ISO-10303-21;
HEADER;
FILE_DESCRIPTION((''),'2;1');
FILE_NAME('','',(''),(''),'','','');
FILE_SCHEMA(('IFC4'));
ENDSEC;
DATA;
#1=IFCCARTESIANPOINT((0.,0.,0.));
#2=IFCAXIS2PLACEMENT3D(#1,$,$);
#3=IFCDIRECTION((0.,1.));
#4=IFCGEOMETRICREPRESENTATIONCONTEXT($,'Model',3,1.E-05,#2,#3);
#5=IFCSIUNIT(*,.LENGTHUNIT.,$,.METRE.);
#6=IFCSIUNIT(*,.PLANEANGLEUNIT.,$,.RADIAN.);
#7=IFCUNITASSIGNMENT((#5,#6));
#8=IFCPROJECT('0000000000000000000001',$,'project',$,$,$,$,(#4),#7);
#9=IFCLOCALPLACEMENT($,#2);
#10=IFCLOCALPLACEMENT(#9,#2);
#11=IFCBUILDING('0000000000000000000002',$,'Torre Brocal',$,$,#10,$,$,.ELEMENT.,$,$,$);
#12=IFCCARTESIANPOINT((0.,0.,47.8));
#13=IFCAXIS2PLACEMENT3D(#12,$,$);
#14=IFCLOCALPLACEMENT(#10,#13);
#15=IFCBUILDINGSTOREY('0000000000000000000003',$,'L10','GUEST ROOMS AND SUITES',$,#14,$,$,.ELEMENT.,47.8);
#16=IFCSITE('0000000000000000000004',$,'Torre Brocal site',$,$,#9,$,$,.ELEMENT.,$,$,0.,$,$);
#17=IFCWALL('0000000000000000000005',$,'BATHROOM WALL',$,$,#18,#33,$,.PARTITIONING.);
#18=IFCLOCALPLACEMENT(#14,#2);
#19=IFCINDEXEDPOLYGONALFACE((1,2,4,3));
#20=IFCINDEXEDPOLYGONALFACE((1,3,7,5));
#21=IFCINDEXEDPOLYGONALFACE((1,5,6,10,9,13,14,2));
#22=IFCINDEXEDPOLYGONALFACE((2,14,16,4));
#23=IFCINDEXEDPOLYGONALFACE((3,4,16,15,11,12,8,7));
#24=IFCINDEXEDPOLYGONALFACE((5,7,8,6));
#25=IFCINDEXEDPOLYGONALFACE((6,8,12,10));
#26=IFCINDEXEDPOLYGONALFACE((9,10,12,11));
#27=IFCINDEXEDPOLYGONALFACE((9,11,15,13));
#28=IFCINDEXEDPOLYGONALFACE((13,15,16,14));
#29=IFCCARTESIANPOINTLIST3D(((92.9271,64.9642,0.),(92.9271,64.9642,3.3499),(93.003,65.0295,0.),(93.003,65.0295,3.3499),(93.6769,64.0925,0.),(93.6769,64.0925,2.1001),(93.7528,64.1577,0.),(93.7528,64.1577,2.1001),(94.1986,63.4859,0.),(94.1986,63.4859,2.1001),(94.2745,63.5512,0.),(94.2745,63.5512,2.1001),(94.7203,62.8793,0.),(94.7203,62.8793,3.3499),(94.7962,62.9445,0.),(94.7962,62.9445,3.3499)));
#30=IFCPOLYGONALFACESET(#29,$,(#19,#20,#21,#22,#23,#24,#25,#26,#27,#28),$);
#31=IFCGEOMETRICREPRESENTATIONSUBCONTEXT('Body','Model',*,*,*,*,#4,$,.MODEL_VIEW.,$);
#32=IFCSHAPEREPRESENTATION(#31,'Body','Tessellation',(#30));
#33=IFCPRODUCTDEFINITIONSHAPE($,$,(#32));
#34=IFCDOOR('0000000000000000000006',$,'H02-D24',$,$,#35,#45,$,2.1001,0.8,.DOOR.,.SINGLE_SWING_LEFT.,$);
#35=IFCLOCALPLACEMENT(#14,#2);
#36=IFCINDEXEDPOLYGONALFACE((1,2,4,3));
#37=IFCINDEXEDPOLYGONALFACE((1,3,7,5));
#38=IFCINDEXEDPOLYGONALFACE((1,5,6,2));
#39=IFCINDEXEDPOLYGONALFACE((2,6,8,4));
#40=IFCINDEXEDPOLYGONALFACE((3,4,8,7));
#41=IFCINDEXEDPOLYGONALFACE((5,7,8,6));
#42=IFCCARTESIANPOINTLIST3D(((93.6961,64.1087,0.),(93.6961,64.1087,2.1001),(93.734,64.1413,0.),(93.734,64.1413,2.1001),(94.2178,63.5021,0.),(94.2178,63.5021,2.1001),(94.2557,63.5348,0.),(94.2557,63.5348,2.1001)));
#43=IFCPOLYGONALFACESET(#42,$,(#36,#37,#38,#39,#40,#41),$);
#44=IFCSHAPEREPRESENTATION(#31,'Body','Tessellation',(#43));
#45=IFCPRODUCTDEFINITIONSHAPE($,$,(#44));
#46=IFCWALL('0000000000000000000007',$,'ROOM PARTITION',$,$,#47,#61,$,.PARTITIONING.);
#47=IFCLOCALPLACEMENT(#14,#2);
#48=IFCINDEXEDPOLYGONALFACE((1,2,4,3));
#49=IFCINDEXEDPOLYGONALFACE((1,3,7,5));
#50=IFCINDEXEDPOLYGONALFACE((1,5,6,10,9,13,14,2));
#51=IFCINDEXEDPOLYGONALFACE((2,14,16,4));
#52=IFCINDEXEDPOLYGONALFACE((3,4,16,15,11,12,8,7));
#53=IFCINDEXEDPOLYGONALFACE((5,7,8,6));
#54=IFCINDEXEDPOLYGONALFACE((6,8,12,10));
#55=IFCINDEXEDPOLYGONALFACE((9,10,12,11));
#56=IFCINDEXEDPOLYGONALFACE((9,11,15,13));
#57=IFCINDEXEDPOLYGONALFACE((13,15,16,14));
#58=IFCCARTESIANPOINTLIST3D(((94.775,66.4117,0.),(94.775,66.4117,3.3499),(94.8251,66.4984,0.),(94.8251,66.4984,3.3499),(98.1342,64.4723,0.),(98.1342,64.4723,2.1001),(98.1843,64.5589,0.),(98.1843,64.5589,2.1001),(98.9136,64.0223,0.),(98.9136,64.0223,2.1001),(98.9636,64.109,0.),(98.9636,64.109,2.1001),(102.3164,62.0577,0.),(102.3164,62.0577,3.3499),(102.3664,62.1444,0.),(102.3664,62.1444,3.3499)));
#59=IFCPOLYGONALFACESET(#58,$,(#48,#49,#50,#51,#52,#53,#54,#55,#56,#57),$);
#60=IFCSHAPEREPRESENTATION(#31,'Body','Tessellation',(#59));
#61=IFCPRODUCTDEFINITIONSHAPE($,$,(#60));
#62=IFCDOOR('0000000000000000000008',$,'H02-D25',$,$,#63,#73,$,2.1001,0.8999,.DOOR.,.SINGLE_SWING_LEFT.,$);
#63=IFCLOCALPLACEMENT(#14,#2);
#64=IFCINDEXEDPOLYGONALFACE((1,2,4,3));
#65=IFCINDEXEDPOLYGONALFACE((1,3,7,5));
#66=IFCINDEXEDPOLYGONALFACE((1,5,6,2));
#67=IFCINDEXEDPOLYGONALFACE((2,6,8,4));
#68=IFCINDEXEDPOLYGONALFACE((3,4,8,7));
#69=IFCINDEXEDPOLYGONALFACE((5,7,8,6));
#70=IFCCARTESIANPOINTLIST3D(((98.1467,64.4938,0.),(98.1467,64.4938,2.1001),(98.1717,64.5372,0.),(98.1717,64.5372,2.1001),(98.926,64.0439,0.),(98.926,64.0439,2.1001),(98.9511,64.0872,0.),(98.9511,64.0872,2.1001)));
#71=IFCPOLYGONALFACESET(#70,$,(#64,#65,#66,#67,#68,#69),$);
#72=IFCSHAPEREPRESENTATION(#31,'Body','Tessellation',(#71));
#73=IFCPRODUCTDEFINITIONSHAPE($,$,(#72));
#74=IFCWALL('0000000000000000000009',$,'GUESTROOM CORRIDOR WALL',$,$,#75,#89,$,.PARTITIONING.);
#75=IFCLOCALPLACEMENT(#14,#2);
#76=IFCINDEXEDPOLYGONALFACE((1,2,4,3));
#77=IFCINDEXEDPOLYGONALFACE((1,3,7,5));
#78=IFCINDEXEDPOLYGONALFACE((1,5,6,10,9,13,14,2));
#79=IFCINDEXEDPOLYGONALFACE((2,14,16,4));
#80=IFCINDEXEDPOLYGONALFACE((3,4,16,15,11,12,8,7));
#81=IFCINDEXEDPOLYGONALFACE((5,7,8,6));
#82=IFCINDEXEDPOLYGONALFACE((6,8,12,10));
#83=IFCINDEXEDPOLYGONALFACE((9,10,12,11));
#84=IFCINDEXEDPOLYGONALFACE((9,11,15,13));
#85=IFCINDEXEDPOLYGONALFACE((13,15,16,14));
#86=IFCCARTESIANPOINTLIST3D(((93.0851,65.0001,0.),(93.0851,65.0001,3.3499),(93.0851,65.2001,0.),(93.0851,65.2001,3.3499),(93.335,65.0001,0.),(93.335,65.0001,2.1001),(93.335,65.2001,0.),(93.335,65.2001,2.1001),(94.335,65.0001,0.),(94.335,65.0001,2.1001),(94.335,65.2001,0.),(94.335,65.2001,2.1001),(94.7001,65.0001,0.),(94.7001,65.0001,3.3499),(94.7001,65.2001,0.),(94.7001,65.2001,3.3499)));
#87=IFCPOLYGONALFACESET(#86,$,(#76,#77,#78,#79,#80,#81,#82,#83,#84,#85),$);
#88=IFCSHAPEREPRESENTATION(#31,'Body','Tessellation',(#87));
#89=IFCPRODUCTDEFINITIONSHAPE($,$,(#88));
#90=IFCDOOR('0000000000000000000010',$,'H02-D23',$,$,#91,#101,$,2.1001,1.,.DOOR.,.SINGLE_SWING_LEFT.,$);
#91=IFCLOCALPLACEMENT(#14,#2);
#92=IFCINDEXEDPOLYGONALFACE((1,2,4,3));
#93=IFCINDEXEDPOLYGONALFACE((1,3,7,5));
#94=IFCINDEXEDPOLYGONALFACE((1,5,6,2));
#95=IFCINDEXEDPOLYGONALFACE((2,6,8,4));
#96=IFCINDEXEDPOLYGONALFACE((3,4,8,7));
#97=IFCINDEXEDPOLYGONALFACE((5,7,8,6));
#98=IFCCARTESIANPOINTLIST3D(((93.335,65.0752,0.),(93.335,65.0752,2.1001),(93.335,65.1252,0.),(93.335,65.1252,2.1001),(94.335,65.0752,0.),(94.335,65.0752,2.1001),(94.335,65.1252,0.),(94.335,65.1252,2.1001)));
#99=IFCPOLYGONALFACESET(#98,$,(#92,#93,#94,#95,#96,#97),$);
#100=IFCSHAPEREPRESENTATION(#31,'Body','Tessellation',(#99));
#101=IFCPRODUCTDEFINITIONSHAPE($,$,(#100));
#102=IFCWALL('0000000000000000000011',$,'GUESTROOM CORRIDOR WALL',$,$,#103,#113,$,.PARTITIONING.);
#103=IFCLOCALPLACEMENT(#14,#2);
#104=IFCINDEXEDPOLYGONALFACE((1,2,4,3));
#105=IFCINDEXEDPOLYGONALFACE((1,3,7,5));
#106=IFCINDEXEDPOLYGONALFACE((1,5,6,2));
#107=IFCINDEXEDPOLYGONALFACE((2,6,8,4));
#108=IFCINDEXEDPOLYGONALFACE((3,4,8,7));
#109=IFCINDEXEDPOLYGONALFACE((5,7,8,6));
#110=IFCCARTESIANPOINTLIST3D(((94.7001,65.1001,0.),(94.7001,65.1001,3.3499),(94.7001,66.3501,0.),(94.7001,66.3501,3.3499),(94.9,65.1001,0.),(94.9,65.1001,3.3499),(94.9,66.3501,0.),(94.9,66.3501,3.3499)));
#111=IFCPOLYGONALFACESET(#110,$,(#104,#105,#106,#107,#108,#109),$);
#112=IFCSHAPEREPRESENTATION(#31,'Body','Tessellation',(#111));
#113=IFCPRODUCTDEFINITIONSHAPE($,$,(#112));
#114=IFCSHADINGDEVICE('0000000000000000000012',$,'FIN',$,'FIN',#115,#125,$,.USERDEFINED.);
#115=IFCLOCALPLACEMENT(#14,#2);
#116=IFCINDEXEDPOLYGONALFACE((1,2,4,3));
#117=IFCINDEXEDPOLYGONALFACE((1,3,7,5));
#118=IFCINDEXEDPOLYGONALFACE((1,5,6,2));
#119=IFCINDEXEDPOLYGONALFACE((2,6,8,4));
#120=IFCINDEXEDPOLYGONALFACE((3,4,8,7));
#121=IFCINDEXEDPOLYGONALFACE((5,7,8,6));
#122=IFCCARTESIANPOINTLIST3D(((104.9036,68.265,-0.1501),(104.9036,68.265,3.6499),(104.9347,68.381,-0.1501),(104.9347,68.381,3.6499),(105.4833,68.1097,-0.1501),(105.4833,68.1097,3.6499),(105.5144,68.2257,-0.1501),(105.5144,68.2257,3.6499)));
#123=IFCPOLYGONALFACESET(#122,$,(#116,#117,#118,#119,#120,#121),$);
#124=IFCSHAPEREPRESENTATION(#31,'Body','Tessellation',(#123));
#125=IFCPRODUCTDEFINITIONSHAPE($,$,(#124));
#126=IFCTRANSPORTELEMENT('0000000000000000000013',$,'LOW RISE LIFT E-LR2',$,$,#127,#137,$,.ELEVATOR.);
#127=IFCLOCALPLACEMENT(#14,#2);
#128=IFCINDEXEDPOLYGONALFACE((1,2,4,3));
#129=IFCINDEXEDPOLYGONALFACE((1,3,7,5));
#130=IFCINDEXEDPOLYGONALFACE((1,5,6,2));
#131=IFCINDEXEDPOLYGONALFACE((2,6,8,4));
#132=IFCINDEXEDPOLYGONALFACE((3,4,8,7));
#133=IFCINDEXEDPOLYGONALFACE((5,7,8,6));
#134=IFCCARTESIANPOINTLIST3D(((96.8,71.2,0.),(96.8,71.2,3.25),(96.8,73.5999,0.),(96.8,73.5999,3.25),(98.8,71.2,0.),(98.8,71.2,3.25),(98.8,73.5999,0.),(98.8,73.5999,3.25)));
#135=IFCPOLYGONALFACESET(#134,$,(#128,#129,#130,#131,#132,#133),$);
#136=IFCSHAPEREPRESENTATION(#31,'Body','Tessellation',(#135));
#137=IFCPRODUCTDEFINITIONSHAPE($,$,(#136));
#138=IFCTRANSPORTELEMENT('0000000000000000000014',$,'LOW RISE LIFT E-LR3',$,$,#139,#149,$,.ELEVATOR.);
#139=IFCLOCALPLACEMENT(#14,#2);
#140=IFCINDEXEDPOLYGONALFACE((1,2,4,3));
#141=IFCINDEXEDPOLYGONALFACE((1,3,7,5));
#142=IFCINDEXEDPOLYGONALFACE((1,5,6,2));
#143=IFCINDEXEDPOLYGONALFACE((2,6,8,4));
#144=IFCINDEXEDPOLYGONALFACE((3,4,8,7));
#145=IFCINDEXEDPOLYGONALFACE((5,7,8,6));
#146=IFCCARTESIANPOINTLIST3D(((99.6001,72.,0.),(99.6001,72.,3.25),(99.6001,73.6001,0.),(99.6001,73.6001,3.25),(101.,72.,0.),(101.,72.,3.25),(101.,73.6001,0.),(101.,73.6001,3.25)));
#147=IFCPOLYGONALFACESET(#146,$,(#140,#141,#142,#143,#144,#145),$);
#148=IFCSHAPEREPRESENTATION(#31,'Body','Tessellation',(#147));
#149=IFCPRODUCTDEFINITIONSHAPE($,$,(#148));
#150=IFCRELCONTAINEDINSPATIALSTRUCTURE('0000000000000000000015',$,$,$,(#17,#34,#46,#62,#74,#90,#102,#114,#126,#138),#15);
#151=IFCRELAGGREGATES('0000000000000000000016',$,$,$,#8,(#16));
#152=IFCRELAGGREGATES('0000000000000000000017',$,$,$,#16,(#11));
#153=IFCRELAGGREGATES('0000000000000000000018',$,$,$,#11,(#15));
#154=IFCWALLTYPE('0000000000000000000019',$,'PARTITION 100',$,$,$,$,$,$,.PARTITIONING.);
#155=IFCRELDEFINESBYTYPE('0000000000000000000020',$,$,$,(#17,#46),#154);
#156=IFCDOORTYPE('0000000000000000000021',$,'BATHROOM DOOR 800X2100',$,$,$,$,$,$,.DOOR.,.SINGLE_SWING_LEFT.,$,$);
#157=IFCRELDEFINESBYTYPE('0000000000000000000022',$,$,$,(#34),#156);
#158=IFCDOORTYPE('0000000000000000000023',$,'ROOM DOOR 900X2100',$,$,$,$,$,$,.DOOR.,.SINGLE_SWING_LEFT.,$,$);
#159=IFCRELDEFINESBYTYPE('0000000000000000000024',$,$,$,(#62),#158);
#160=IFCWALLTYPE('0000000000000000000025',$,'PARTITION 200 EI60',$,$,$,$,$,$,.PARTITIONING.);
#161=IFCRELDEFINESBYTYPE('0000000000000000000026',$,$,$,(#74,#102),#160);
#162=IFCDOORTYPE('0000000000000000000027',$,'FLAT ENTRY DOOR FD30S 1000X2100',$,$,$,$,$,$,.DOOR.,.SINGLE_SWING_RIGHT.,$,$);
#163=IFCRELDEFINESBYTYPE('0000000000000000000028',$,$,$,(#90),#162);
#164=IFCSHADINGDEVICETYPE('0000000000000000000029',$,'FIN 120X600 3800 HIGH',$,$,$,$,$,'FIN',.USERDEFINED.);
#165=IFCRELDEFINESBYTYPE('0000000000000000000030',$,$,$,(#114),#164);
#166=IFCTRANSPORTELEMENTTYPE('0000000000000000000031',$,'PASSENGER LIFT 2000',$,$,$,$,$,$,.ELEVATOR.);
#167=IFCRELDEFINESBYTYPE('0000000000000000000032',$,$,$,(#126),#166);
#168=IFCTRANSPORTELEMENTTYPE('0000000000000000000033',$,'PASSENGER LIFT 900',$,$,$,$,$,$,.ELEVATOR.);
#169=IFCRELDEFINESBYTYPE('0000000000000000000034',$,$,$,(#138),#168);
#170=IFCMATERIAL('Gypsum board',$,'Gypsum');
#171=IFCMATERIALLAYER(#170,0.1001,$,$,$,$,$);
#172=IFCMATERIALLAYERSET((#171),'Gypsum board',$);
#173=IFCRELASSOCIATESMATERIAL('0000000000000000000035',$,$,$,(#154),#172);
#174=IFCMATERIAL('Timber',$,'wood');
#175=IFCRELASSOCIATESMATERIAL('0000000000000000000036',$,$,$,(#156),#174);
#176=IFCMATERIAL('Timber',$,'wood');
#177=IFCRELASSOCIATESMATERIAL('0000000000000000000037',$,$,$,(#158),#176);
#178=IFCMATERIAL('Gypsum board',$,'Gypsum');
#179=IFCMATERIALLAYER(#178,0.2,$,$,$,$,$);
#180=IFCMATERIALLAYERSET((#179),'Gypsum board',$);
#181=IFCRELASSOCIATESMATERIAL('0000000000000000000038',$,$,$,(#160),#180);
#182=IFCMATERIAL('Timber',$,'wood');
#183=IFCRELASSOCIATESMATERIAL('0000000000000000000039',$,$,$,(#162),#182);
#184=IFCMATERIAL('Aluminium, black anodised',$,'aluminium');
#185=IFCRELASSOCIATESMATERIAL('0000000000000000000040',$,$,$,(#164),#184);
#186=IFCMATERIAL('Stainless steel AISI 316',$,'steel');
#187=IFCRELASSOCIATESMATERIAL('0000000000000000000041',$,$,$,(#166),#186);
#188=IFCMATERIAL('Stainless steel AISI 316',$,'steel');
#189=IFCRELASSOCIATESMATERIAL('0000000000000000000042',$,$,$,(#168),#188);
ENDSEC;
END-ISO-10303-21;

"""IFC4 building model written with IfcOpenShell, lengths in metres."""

from ifc_helpers import new_model, si_unit, direction, frame, frame_2d, origin, origin_2d, place, context, subcontext, project, spatial, rectangle, extrude, material, layer, layer_set, material_profile, profile_set, type_object, element, fill, save


model = new_model("IFC4")

# Units and contexts
model_context = context("Model", 3, precision=1e-05, world=origin(), true_north=direction((0.0, 1.0)))
body_context = subcontext(model_context, "Body", "Model", "MODEL_VIEW")
ifc_project = project(units=[si_unit("LENGTHUNIT", "METRE"), si_unit("PLANEANGLEUNIT", "RADIAN")], contexts=[model_context])

# Site, building, storey
site_placement = place(None, origin())
site = spatial("IfcSite", under=ifc_project, at=site_placement, Name="Torre Brocal site", CompositionType="ELEMENT", RefElevation=0.0)
building_placement = place(site_placement, origin())
building = spatial("IfcBuilding", under=site, at=building_placement, Name="Torre Brocal", CompositionType="ELEMENT")
storey_placement = place(building_placement, frame((0.0, 0.0, 47.8)))
storey = spatial("IfcBuildingStorey", under=building, at=storey_placement, Name="L10", Description="GUEST ROOMS AND SUITES", CompositionType="ELEMENT", Elevation=47.8)

# Walls, openings, doors
ifc_material_1 = material(Name="Gypsum board", Category="Gypsum")
ifc_layer_1 = layer(ifc_material_1, 0.1001)
ifc_layer_set_1 = layer_set([ifc_layer_1], Name="Gypsum board")
wall_type_1 = type_object("IfcWallType", Name="PARTITION 100", PredefinedType="PARTITIONING", material=ifc_layer_set_1)
wall_1_placement = place(storey_placement, frame((92.9651, 64.9968, 0.0), z_axis=(0.0, 0.0, 1.0), x_axis=(0.65207, -0.758159, 0.0)))
wall_1 = element("IfcWall", 1, at=wall_1_placement, inside=storey, type_object=wall_type_1, Name="BATHROOM WALL", PredefinedType="PARTITIONING", context=body_context, shape_type="SweptSolid", body=[
    extrude(rectangle(XDim=2.75, YDim=0.1001, at=frame_2d((1.375, 0.0))), origin(), (0.0, 0.0, 1.0), 3.3499),
])
opening_1_placement = place(wall_1_placement, frame((1.1499, 0.0, 0.0)))
opening_1 = element("IfcOpeningElement", 2, at=opening_1_placement, cuts=wall_1, PredefinedType="OPENING", context=body_context, shape_type="SweptSolid", body=[
    extrude(rectangle(XDim=0.8, YDim=2.1001, at=frame_2d((0.3999, 1.05))), frame((0.0, 0.0601, 0.0), z_axis=(0.0, -1.0, 0.0), x_axis=(1.0, 0.0, 0.0)), (0.0, 0.0, 1.0), 0.1201),
])
ifc_material_2 = material(Name="Timber", Category="wood")
door_type_1 = type_object("IfcDoorType", Name="BATHROOM DOOR 800X2100", OperationType="SINGLE_SWING_LEFT", PredefinedType="DOOR", material=ifc_material_2)
door_1_placement = place(opening_1_placement, frame((0.8, 0.0, 0.0), z_axis=(0.0, 0.0, 1.0), x_axis=(-1.0, 0.0, 0.0)))
door_1 = element("IfcDoor", 3, at=door_1_placement, inside=storey, type_object=door_type_1, Name="H02-D24", OperationType="SINGLE_SWING_LEFT", OverallHeight=2.1001, OverallWidth=0.8, PredefinedType="DOOR", context=body_context, shape_type="SweptSolid", body=[
    extrude(rectangle(XDim=0.8, YDim=2.1001, at=frame_2d((0.3999, 1.05))), frame((0.0, 0.0249, 0.0), z_axis=(0.0, -1.0, 0.0), x_axis=(1.0, 0.0, 0.0)), (0.0, 0.0, 1.0), 0.05),
])
fill(opening_1, door_1)
wall_2_placement = place(storey_placement, frame((94.8, 66.4551, 0.0), z_axis=(0.0, 0.0, 1.0), x_axis=(0.866023, -0.500005, 0.0)))
wall_2 = element("IfcWall", 4, at=wall_2_placement, inside=storey, type_object=wall_type_1, Name="ROOM PARTITION", PredefinedType="PARTITIONING", context=body_context, shape_type="SweptSolid", body=[
    extrude(rectangle(XDim=8.708, YDim=0.1001, at=frame_2d((4.354, 0.0))), origin(), (0.0, 0.0, 1.0), 3.3499),
])
opening_2_placement = place(wall_2_placement, frame((3.8789, 0.0, 0.0)))
opening_2 = element("IfcOpeningElement", 5, at=opening_2_placement, cuts=wall_2, PredefinedType="OPENING", context=body_context, shape_type="SweptSolid", body=[
    extrude(rectangle(XDim=0.8999, YDim=2.1001, at=frame_2d((0.45, 1.05))), frame((0.0, 0.0601, 0.0), z_axis=(0.0, -1.0, 0.0), x_axis=(1.0, 0.0, 0.0)), (0.0, 0.0, 1.0), 0.1201),
])
ifc_material_3 = material(Name="Timber", Category="wood")
door_type_2 = type_object("IfcDoorType", Name="ROOM DOOR 900X2100", OperationType="SINGLE_SWING_LEFT", PredefinedType="DOOR", material=ifc_material_3)
door_2_placement = place(opening_2_placement, origin())
door_2 = element("IfcDoor", 6, at=door_2_placement, inside=storey, type_object=door_type_2, Name="H02-D25", OperationType="SINGLE_SWING_LEFT", OverallHeight=2.1001, OverallWidth=0.8999, PredefinedType="DOOR", context=body_context, shape_type="SweptSolid", body=[
    extrude(rectangle(XDim=0.8999, YDim=2.1001, at=frame_2d((0.45, 1.05))), frame((0.0, 0.0249, 0.0), z_axis=(0.0, -1.0, 0.0), x_axis=(1.0, 0.0, 0.0)), (0.0, 0.0, 1.0), 0.05),
])
fill(opening_2, door_2)
ifc_material_4 = material(Name="Gypsum board", Category="Gypsum")
ifc_layer_2 = layer(ifc_material_4, 0.2)
ifc_layer_set_2 = layer_set([ifc_layer_2], Name="Gypsum board")
wall_type_2 = type_object("IfcWallType", Name="PARTITION 200 EI60", PredefinedType="PARTITIONING", material=ifc_layer_set_2)
wall_3_placement = place(storey_placement, frame((93.085, 65.1001, 0.0), z_axis=(0.0, 0.0, 1.0), x_axis=(1.0, 0.0, 0.0)))
wall_3 = element("IfcWall", 7, at=wall_3_placement, inside=storey, type_object=wall_type_2, Name="GUESTROOM CORRIDOR WALL", PredefinedType="PARTITIONING", context=body_context, shape_type="SweptSolid", body=[
    extrude(rectangle(XDim=1.615, YDim=0.2, at=frame_2d((0.8076, 0.0))), origin(), (0.0, 0.0, 1.0), 3.3499),
])
opening_3_placement = place(wall_3_placement, frame((0.25, 0.0, 0.0)))
opening_3 = element("IfcOpeningElement", 8, at=opening_3_placement, cuts=wall_3, PredefinedType="OPENING", context=body_context, shape_type="SweptSolid", body=[
    extrude(rectangle(XDim=1.0, YDim=2.1001, at=frame_2d((0.5, 1.05))), frame((0.0, 0.1099, 0.0), z_axis=(0.0, -1.0, 0.0), x_axis=(1.0, 0.0, 0.0)), (0.0, 0.0, 1.0), 0.22),
])
ifc_material_5 = material(Name="Timber", Category="wood")
door_type_3 = type_object("IfcDoorType", Name="FLAT ENTRY DOOR FD30S 1000X2100", OperationType="SINGLE_SWING_RIGHT", PredefinedType="DOOR", material=ifc_material_5)
door_3_placement = place(opening_3_placement, frame((1.0, 0.0, 0.0), z_axis=(0.0, 0.0, 1.0), x_axis=(-1.0, 0.0, 0.0)))
door_3 = element("IfcDoor", 9, at=door_3_placement, inside=storey, type_object=door_type_3, Name="H02-D23", OperationType="SINGLE_SWING_LEFT", OverallHeight=2.1001, OverallWidth=1.0, PredefinedType="DOOR", context=body_context, shape_type="SweptSolid", body=[
    extrude(rectangle(XDim=1.0, YDim=2.1001, at=frame_2d((0.5, 1.05))), frame((0.0, 0.0249, 0.0), z_axis=(0.0, -1.0, 0.0), x_axis=(1.0, 0.0, 0.0)), (0.0, 0.0, 1.0), 0.05),
])
fill(opening_3, door_3)

# Wall
wall_4_placement = place(storey_placement, frame((94.8, 65.1001, 0.0), z_axis=(0.0, 0.0, 1.0), x_axis=(0.0, 1.0, 0.0)))
element("IfcWall", 10, at=wall_4_placement, inside=storey, type_object=wall_type_2, Name="GUESTROOM CORRIDOR WALL", PredefinedType="PARTITIONING", context=body_context, shape_type="SweptSolid", body=[
    extrude(rectangle(XDim=1.25, YDim=0.2, at=frame_2d((0.625, 0.0))), origin(), (0.0, 0.0, 1.0), 3.3499),
])

# Shading device
ifc_material_6 = material(Name="Aluminium, black anodised", Category="aluminium")
ifc_material_profile_1 = material_profile(ifc_material_6, rectangle(XDim=0.1201, YDim=0.6001, at=origin_2d()), Name="FIN 120X600 3800 HIGH")
ifc_profile_set_1 = profile_set([ifc_material_profile_1], Name="Aluminium, black anodised")
shading_device_type = type_object("IfcShadingDeviceType", Name="FIN 120X600 3800 HIGH", ElementType="FIN", PredefinedType="USERDEFINED", material=ifc_profile_set_1)
shading_device_placement = place(storey_placement, frame((105.209, 68.2454, -0.1501), z_axis=(0.0, 0.0, 1.0), x_axis=(0.258819, 0.965926, 0.0)))
element("IfcShadingDevice", 11, at=shading_device_placement, inside=storey, type_object=shading_device_type, Name="FIN", ObjectType="FIN", PredefinedType="USERDEFINED", context=body_context, shape_type="SweptSolid", body=[
    extrude(rectangle(XDim=0.1201, YDim=0.6001, at=origin_2d()), origin(), (0.0, 0.0, 1.0), 3.8),
])

# Transport elements
ifc_material_7 = material(Name="Stainless steel AISI 316", Category="steel")
transport_element_type_1 = type_object("IfcTransportElementType", Name="PASSENGER LIFT 2000", PredefinedType="ELEVATOR", material=ifc_material_7)
transport_element_1_placement = place(storey_placement, frame((97.8, 72.3999, 0.0), z_axis=(0.0, 0.0, 1.0), x_axis=(1.0, 0.0, 0.0)))
element("IfcTransportElement", 12, at=transport_element_1_placement, inside=storey, type_object=transport_element_type_1, Name="LOW RISE LIFT E-LR2", PredefinedType="ELEVATOR", context=body_context, shape_type="SweptSolid", body=[
    extrude(rectangle(XDim=2.0, YDim=2.3999, at=origin_2d()), origin(), (0.0, 0.0, 1.0), 3.25),
])
ifc_material_8 = material(Name="Stainless steel AISI 316", Category="steel")
transport_element_type_2 = type_object("IfcTransportElementType", Name="PASSENGER LIFT 900", PredefinedType="ELEVATOR", material=ifc_material_8)
transport_element_2_placement = place(storey_placement, frame((100.3, 72.8, 0.0), z_axis=(0.0, 0.0, 1.0), x_axis=(1.0, 0.0, 0.0)))
element("IfcTransportElement", 13, at=transport_element_2_placement, inside=storey, type_object=transport_element_type_2, Name="LOW RISE LIFT E-LR3", PredefinedType="ELEVATOR", context=body_context, shape_type="SweptSolid", body=[
    extrude(rectangle(XDim=1.3999, YDim=1.6001, at=origin_2d()), origin(), (0.0, 0.0, 1.0), 3.25),
])

save(model, "model.ifc")
